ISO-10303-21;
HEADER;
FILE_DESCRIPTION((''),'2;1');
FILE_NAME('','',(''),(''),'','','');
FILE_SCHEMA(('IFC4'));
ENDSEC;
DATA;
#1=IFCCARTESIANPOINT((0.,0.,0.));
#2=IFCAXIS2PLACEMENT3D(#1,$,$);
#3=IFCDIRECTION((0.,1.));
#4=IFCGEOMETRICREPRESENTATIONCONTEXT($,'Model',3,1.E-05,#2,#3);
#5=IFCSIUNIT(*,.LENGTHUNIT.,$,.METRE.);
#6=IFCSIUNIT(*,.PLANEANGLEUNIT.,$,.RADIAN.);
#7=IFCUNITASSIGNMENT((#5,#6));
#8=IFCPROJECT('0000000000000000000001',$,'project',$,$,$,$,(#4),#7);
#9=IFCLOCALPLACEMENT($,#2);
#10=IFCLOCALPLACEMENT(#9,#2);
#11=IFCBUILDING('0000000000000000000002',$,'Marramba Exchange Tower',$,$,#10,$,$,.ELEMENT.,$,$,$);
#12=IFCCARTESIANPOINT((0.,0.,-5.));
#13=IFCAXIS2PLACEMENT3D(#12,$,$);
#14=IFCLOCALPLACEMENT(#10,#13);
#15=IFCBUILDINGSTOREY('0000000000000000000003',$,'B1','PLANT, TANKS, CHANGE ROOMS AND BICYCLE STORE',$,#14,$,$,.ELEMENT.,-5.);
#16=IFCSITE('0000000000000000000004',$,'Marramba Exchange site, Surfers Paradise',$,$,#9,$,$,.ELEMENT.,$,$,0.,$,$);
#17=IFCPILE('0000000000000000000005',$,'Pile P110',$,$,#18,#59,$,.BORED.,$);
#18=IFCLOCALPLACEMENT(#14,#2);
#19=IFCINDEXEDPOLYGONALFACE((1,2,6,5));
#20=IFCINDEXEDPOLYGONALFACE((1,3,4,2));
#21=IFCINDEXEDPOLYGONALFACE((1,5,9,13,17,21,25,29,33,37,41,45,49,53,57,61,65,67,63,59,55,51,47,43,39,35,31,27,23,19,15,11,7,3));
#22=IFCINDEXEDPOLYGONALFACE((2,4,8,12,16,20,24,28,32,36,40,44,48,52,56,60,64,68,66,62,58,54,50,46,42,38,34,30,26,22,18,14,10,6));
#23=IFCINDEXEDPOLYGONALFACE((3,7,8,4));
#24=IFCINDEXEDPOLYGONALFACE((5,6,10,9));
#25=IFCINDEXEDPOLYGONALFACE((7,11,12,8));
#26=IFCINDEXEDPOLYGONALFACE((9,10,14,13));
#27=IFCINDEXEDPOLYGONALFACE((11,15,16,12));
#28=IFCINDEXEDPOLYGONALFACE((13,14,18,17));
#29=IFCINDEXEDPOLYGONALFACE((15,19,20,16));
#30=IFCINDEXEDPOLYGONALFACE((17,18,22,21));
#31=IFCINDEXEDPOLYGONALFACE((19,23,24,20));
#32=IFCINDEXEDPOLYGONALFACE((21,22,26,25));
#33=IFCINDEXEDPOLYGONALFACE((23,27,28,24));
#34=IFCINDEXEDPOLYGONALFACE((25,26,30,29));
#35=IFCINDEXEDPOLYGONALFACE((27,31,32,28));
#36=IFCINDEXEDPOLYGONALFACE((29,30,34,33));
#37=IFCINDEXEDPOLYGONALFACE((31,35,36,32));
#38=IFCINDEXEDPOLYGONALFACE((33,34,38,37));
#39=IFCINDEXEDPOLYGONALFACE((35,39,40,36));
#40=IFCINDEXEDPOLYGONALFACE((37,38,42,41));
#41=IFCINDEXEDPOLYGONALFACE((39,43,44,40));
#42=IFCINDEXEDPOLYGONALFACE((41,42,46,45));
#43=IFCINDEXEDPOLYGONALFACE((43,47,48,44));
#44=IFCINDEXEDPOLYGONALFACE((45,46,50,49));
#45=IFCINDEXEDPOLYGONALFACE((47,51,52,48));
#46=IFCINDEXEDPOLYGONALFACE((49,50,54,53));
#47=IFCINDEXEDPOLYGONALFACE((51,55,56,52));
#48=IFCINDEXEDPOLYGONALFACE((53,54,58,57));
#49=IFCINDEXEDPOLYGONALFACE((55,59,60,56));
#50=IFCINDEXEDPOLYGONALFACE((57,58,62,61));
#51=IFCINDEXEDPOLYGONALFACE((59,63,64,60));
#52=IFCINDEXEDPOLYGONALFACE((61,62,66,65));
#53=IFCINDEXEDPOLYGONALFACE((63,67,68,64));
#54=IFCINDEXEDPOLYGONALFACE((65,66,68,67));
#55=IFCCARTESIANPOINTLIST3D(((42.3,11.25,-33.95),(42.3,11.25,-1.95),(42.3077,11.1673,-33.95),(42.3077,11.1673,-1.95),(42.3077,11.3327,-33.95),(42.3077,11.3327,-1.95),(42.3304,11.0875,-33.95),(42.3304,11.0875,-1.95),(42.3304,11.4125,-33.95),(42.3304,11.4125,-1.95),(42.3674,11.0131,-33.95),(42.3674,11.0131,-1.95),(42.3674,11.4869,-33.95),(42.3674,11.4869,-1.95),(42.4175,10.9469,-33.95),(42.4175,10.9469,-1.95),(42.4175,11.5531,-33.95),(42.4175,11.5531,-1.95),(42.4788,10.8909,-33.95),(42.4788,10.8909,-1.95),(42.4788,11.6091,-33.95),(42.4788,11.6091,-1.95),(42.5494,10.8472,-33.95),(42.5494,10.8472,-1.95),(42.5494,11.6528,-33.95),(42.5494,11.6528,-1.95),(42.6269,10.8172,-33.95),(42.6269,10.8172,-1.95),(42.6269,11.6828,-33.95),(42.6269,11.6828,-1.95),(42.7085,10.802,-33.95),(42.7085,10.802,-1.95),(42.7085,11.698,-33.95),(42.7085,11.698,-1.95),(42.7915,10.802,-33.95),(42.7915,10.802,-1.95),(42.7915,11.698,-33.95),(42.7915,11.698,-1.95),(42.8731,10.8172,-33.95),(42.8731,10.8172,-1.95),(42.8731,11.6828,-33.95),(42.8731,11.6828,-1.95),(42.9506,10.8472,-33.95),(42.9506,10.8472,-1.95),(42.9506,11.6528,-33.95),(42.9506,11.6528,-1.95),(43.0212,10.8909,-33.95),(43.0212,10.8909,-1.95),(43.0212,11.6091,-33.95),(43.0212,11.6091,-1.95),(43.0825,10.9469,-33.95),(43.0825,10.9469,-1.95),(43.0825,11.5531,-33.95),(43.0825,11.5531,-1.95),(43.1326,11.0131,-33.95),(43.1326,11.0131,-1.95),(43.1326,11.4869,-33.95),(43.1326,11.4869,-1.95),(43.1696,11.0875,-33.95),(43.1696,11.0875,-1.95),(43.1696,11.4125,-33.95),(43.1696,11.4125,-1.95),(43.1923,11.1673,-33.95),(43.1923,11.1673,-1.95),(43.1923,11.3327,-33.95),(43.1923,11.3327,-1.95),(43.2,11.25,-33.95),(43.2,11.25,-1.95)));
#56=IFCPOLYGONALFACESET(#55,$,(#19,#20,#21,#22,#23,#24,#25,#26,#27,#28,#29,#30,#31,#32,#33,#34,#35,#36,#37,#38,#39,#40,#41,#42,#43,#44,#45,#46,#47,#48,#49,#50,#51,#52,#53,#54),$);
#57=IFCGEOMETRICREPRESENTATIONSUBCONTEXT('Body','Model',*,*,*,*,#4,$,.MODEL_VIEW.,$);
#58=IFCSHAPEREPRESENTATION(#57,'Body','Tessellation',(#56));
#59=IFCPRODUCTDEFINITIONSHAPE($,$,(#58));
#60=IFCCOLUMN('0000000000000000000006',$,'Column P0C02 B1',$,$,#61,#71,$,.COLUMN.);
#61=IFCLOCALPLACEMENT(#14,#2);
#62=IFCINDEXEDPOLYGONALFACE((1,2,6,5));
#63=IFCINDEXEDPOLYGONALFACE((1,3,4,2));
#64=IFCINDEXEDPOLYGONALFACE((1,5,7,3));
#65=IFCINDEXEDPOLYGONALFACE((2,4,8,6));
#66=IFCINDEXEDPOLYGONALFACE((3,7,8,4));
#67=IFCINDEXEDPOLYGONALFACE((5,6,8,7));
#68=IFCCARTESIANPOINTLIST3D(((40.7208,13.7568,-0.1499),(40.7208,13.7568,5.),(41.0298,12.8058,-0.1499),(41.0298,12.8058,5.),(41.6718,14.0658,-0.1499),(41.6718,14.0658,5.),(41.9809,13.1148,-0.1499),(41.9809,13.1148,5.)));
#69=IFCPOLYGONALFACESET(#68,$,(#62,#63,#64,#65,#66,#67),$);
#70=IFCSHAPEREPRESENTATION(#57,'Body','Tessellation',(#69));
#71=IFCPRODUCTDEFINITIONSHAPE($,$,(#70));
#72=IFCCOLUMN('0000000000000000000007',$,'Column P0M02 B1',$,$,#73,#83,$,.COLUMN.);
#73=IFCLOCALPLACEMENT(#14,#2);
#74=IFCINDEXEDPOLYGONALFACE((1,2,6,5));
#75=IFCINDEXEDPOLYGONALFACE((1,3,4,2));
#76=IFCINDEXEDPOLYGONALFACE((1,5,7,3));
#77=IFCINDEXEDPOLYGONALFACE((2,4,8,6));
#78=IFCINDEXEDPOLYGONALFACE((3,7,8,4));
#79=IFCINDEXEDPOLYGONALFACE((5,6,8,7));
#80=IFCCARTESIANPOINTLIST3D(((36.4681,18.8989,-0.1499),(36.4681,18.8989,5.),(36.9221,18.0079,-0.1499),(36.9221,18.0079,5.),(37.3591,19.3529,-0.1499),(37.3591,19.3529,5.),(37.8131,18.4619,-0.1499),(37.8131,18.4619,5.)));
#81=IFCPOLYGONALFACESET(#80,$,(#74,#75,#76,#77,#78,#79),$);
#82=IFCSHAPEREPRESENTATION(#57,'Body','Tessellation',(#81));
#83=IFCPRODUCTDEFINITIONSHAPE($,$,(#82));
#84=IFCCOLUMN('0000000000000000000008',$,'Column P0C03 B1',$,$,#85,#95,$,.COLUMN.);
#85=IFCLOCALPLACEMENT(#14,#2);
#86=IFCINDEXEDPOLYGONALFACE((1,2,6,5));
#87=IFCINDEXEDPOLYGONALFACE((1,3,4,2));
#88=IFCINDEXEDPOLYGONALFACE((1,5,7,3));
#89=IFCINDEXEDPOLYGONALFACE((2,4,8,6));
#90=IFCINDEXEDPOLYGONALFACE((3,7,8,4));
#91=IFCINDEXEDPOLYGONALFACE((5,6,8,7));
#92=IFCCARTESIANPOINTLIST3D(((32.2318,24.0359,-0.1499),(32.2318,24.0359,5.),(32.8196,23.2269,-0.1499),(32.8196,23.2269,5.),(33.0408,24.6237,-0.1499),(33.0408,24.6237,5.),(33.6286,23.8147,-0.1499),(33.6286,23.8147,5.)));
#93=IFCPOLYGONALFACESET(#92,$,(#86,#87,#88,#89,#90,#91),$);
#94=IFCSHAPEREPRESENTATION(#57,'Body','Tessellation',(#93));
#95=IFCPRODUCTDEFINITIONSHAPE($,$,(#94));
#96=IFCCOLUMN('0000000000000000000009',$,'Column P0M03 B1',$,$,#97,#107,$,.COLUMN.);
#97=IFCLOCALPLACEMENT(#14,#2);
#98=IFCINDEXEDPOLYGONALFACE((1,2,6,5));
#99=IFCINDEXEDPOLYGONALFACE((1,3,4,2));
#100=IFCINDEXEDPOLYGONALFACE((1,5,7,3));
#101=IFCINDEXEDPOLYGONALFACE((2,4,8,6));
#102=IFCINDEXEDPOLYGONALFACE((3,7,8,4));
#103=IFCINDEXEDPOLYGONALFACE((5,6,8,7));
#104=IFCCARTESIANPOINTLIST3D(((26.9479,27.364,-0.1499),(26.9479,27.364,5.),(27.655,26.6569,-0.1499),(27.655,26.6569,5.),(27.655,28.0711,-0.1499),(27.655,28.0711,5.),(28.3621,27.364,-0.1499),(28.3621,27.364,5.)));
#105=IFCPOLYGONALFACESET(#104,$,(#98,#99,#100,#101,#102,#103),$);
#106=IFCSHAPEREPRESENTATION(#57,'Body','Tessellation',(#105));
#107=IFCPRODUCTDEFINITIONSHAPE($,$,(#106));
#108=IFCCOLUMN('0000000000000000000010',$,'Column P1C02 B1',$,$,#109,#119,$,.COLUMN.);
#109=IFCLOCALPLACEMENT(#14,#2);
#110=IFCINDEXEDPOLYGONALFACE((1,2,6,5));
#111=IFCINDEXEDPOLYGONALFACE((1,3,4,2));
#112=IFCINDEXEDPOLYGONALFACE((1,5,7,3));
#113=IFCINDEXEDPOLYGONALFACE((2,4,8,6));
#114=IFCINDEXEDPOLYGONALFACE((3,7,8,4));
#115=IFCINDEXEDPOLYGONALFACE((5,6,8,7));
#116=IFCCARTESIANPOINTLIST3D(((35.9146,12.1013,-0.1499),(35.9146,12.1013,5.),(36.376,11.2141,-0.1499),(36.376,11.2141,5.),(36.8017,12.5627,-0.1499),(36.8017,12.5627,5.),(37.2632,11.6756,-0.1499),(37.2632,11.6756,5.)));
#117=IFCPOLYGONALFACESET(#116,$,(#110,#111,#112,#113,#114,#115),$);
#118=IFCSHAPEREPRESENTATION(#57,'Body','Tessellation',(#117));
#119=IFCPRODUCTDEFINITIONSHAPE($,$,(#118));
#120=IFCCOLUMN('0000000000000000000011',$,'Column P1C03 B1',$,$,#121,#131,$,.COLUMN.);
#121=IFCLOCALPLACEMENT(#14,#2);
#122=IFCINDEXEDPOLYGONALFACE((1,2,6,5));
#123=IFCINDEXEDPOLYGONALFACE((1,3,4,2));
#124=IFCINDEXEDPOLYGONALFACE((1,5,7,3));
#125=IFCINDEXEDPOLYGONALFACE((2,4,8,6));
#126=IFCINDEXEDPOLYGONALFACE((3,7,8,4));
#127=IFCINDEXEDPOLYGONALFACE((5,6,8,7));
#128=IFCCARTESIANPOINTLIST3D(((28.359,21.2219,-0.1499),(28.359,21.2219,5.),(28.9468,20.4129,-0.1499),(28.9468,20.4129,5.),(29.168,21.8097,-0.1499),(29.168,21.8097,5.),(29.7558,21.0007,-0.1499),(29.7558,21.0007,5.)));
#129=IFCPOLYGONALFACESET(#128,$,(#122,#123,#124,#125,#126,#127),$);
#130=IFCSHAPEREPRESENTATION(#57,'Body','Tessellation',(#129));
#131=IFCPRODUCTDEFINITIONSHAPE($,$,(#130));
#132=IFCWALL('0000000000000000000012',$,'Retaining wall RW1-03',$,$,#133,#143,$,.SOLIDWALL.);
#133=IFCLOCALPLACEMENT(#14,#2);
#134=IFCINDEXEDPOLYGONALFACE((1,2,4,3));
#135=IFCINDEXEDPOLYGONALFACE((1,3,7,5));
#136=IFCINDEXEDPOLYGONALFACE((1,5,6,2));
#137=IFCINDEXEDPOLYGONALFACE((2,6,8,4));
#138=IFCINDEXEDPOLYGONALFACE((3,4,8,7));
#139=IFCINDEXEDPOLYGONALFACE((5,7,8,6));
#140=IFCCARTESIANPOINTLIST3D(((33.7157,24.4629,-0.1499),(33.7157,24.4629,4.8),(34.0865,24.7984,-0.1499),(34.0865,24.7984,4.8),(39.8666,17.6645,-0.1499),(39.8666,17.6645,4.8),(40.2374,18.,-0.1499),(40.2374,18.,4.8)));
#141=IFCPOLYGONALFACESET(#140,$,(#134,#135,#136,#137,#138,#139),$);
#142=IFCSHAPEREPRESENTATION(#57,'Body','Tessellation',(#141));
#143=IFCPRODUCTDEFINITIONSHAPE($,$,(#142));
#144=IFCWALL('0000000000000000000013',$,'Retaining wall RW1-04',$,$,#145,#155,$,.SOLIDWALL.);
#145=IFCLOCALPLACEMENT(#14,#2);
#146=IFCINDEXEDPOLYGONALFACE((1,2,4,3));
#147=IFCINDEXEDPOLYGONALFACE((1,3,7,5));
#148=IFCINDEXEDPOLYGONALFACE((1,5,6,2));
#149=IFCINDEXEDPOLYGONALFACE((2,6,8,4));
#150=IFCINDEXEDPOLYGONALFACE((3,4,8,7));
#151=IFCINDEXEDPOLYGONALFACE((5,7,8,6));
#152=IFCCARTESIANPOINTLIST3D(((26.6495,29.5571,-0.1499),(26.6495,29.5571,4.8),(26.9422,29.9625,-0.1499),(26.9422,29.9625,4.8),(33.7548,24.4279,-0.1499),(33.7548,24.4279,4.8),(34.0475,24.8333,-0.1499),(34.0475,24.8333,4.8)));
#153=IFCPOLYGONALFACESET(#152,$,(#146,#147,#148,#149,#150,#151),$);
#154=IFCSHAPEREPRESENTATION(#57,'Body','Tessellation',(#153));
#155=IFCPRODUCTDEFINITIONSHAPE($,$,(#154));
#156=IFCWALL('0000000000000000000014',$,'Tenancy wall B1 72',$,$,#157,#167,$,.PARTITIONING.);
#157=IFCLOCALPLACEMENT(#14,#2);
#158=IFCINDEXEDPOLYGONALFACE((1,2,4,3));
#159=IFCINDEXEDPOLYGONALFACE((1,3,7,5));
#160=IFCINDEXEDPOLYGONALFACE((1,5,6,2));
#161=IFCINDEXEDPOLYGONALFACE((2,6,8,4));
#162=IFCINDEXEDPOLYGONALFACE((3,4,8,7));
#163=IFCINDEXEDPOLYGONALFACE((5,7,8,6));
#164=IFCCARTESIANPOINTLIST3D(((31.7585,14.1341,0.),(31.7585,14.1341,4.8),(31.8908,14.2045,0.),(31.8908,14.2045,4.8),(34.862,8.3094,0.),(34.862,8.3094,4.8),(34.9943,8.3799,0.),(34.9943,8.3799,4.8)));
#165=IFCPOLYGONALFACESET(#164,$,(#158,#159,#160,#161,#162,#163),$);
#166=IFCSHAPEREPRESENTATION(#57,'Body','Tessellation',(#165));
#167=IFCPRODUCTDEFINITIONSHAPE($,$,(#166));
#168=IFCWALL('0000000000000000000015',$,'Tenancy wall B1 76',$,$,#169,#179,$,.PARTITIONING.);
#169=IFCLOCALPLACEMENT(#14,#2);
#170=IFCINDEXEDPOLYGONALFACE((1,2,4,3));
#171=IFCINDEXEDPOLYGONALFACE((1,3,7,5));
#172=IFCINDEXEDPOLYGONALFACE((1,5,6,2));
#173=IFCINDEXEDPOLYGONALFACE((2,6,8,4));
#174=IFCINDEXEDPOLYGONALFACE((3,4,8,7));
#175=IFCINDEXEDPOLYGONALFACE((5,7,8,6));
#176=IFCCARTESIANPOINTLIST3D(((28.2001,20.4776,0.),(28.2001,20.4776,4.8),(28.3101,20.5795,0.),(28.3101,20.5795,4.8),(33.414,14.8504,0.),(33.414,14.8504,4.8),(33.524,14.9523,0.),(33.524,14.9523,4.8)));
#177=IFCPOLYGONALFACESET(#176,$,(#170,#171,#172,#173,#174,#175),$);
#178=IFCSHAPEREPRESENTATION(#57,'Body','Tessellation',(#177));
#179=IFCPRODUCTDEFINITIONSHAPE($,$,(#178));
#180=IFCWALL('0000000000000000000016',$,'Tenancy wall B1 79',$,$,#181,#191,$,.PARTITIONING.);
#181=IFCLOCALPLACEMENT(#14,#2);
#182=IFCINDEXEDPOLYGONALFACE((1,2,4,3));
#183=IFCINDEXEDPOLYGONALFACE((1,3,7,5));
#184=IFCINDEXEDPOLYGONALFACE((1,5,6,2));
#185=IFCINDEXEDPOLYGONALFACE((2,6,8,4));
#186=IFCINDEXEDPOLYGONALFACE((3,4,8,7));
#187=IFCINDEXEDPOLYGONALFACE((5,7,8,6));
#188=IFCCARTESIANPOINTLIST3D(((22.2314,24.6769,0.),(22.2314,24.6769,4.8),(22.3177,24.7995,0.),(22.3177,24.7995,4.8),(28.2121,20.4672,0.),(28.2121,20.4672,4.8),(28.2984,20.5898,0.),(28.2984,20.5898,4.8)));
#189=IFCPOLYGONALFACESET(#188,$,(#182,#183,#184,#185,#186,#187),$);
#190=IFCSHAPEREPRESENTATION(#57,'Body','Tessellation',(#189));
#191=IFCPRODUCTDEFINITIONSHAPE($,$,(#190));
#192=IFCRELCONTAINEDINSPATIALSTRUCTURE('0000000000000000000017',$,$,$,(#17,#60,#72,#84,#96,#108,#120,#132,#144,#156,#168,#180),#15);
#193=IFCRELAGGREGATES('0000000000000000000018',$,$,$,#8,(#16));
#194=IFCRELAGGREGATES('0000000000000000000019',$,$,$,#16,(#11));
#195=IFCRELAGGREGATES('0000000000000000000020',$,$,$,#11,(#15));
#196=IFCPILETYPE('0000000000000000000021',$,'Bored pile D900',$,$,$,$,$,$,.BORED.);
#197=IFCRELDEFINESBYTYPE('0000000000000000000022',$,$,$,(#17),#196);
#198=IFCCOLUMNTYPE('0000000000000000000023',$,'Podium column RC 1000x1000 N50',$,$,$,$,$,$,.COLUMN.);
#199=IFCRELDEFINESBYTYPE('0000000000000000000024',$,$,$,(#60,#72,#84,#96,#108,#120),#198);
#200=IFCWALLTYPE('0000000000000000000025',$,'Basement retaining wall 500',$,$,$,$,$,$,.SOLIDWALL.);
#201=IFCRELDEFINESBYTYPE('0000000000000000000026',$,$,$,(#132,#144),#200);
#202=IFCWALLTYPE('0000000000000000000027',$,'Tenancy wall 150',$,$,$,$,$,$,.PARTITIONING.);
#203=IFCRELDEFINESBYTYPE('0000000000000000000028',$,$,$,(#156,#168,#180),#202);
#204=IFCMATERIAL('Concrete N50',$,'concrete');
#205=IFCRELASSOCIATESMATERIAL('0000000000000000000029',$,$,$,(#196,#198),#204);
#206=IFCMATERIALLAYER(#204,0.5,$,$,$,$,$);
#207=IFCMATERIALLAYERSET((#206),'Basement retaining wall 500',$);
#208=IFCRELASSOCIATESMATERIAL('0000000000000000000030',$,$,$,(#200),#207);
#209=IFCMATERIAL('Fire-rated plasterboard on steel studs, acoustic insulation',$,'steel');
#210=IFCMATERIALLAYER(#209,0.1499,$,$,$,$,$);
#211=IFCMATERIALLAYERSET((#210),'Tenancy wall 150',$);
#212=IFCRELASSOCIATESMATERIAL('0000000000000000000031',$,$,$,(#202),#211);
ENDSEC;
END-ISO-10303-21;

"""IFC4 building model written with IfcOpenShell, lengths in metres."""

from ifc_helpers import new_model, si_unit, direction, frame, frame_2d, origin, origin_2d, place, context, subcontext, project, spatial, rectangle, circle, extrude, material, layer, layer_set, material_profile, profile_set, type_object, element, save


model = new_model("IFC4")

# Units and contexts
model_context = context("Model", 3, precision=1e-05, world=origin(), true_north=direction((0.0, 1.0)))
body_context = subcontext(model_context, "Body", "Model", "MODEL_VIEW")
ifc_project = project(units=[si_unit("LENGTHUNIT", "METRE"), si_unit("PLANEANGLEUNIT", "RADIAN")], contexts=[model_context])

# Site, building, storey
site_placement = place(None, origin())
site = spatial("IfcSite", under=ifc_project, at=site_placement, Name="Marramba Exchange site, Surfers Paradise", CompositionType="ELEMENT", RefElevation=0.0)
building_placement = place(site_placement, origin())
building = spatial("IfcBuilding", under=site, at=building_placement, Name="Marramba Exchange Tower", CompositionType="ELEMENT")
storey_placement = place(building_placement, frame((0.0, 0.0, -5.0)))
storey = spatial("IfcBuildingStorey", under=building, at=storey_placement, Name="B1", Description="PLANT, TANKS, CHANGE ROOMS AND BICYCLE STORE", CompositionType="ELEMENT", Elevation=-5.0)

# Pile
ifc_material_1 = material(Name="Concrete N50", Category="concrete")
ifc_material_profile_1 = material_profile(ifc_material_1, circle(Radius=0.45, at=origin_2d()), Name="BP D900")
ifc_profile_set_1 = profile_set([ifc_material_profile_1], Name="Concrete N50")
pile_type = type_object("IfcPileType", Name="Bored pile D900", PredefinedType="BORED", material=ifc_profile_set_1)
for number, where, z_axis, x_axis, name in (
    (1, (42.75, 11.25, -1.95), (0.0, 0.0, -1.0), (1.0, 0.0, 0.0), "Pile P110"),
):
    element("IfcPile", number, at=place(storey_placement, frame(where, z_axis=z_axis, x_axis=x_axis)), inside=storey, type_object=pile_type, Name=name, PredefinedType="BORED", context=body_context, shape_type="SweptSolid", body=[
        extrude(circle(Radius=0.45, at=origin_2d()), origin(), (0.0, 0.0, 1.0), 32.0),
    ])

# Columns
ifc_material_profile_2 = material_profile(ifc_material_1, rectangle(XDim=1.0, YDim=1.0, at=origin_2d()), Name="RC 1000x1000")
ifc_profile_set_2 = profile_set([ifc_material_profile_2], Name="Concrete N50")
column_type = type_object("IfcColumnType", Name="Podium column RC 1000x1000 N50", PredefinedType="COLUMN", material=ifc_profile_set_2)
for number, where, z_axis, x_axis, name in (
    (2, (41.3508, 13.4358, -0.1499), (0.0, 0.0, 1.0), (0.951057, 0.309017, 0.0), "Column P0C02 B1"),
    (3, (37.1406, 18.6804, -0.1499), (0.0, 0.0, 1.0), (0.891007, 0.45399, 0.0), "Column P0M02 B1"),
    (4, (32.9302, 23.9253, -0.1499), (0.0, 0.0, 1.0), (0.809017, 0.587785, 0.0), "Column P0C03 B1"),
    (5, (27.655, 27.364, -0.1499), (0.0, 0.0, 1.0), (0.707107, 0.707107, 0.0), "Column P0M03 B1"),
    (6, (36.5889, 11.8884, -0.1499), (0.0, 0.0, 1.0), (0.887159, 0.461464, 0.0), "Column P1C02 B1"),
    (7, (29.0574, 21.1113, -0.1499), (0.0, 0.0, 1.0), (0.809017, 0.587785, 0.0), "Column P1C03 B1"),
):
    element("IfcColumn", number, at=place(storey_placement, frame(where, z_axis=z_axis, x_axis=x_axis)), inside=storey, type_object=column_type, Name=name, PredefinedType="COLUMN", context=body_context, shape_type="SweptSolid", body=[
        extrude(rectangle(XDim=1.0, YDim=1.0, at=origin_2d()), origin(), (0.0, 0.0, 1.0), 5.1499),
    ])

# Walls
ifc_layer_1 = layer(ifc_material_1, 0.5)
ifc_layer_set_1 = layer_set([ifc_layer_1], Name="Basement retaining wall 500")
wall_type_1 = type_object("IfcWallType", Name="Basement retaining wall 500", PredefinedType="SOLIDWALL", material=ifc_layer_set_1)
wall_1_placement = place(storey_placement, frame((40.052, 17.8323, -0.1499), z_axis=(0.0, 0.0, 1.0), x_axis=(-0.670913, 0.741536, 0.0)))
element("IfcWall", 8, at=wall_1_placement, inside=storey, type_object=wall_type_1, Name="Retaining wall RW1-03", PredefinedType="SOLIDWALL", context=body_context, shape_type="SweptSolid", body=[
    extrude(rectangle(XDim=9.168, YDim=0.5, at=frame_2d((4.584, 0.0))), origin(), (0.0, 0.0, 1.0), 4.95),
])
wall_2_placement = place(storey_placement, frame((33.9011, 24.6306, -0.1499), z_axis=(0.0, 0.0, 1.0), x_axis=(-0.810809, 0.58531, 0.0)))
element("IfcWall", 9, at=wall_2_placement, inside=storey, type_object=wall_type_1, Name="Retaining wall RW1-04", PredefinedType="SOLIDWALL", context=body_context, shape_type="SweptSolid", body=[
    extrude(rectangle(XDim=8.7632, YDim=0.5, at=frame_2d((4.3816, 0.0))), origin(), (0.0, 0.0, 1.0), 4.95),
])
ifc_material_2 = material(Name="Fire-rated plasterboard on steel studs, acoustic insulation", Category="steel")
ifc_layer_2 = layer(ifc_material_2, 0.1499)
ifc_layer_set_2 = layer_set([ifc_layer_2], Name="Tenancy wall 150")
wall_type_2 = type_object("IfcWallType", Name="Tenancy wall 150", PredefinedType="PARTITIONING", material=ifc_layer_set_2)
wall_3_placement = place(storey_placement, frame((31.8247, 14.1692, 0.0), z_axis=(0.0, 0.0, 1.0), x_axis=(0.470235, -0.882541, 0.0)))
element("IfcWall", 10, at=wall_3_placement, inside=storey, type_object=wall_type_2, Name="Tenancy wall B1 72", PredefinedType="PARTITIONING", context=body_context, shape_type="SweptSolid", body=[
    extrude(rectangle(XDim=6.5999, YDim=0.1499, at=frame_2d((3.2998, 0.0))), origin(), (0.0, 0.0, 1.0), 4.8),
])
wall_4_placement = place(storey_placement, frame((33.469, 14.9014, 0.0), z_axis=(0.0, 0.0, 1.0), x_axis=(-0.679654, 0.733533, 0.0)))
element("IfcWall", 11, at=wall_4_placement, inside=storey, type_object=wall_type_2, Name="Tenancy wall B1 76", PredefinedType="PARTITIONING", context=body_context, shape_type="SweptSolid", body=[
    extrude(rectangle(XDim=7.6714, YDim=0.1499, at=frame_2d((3.8357, 0.0))), origin(), (0.0, 0.0, 1.0), 4.8),
])
wall_5_placement = place(storey_placement, frame((28.2551, 20.5286, 0.0), z_axis=(0.0, 0.0, 1.0), x_axis=(-0.817738, 0.575591, 0.0)))
element("IfcWall", 12, at=wall_5_placement, inside=storey, type_object=wall_type_2, Name="Tenancy wall B1 79", PredefinedType="PARTITIONING", context=body_context, shape_type="SweptSolid", body=[
    extrude(rectangle(XDim=7.3137, YDim=0.1499, at=frame_2d((3.6567, 0.0))), origin(), (0.0, 0.0, 1.0), 4.8),
])

save(model, "model.ifc")
